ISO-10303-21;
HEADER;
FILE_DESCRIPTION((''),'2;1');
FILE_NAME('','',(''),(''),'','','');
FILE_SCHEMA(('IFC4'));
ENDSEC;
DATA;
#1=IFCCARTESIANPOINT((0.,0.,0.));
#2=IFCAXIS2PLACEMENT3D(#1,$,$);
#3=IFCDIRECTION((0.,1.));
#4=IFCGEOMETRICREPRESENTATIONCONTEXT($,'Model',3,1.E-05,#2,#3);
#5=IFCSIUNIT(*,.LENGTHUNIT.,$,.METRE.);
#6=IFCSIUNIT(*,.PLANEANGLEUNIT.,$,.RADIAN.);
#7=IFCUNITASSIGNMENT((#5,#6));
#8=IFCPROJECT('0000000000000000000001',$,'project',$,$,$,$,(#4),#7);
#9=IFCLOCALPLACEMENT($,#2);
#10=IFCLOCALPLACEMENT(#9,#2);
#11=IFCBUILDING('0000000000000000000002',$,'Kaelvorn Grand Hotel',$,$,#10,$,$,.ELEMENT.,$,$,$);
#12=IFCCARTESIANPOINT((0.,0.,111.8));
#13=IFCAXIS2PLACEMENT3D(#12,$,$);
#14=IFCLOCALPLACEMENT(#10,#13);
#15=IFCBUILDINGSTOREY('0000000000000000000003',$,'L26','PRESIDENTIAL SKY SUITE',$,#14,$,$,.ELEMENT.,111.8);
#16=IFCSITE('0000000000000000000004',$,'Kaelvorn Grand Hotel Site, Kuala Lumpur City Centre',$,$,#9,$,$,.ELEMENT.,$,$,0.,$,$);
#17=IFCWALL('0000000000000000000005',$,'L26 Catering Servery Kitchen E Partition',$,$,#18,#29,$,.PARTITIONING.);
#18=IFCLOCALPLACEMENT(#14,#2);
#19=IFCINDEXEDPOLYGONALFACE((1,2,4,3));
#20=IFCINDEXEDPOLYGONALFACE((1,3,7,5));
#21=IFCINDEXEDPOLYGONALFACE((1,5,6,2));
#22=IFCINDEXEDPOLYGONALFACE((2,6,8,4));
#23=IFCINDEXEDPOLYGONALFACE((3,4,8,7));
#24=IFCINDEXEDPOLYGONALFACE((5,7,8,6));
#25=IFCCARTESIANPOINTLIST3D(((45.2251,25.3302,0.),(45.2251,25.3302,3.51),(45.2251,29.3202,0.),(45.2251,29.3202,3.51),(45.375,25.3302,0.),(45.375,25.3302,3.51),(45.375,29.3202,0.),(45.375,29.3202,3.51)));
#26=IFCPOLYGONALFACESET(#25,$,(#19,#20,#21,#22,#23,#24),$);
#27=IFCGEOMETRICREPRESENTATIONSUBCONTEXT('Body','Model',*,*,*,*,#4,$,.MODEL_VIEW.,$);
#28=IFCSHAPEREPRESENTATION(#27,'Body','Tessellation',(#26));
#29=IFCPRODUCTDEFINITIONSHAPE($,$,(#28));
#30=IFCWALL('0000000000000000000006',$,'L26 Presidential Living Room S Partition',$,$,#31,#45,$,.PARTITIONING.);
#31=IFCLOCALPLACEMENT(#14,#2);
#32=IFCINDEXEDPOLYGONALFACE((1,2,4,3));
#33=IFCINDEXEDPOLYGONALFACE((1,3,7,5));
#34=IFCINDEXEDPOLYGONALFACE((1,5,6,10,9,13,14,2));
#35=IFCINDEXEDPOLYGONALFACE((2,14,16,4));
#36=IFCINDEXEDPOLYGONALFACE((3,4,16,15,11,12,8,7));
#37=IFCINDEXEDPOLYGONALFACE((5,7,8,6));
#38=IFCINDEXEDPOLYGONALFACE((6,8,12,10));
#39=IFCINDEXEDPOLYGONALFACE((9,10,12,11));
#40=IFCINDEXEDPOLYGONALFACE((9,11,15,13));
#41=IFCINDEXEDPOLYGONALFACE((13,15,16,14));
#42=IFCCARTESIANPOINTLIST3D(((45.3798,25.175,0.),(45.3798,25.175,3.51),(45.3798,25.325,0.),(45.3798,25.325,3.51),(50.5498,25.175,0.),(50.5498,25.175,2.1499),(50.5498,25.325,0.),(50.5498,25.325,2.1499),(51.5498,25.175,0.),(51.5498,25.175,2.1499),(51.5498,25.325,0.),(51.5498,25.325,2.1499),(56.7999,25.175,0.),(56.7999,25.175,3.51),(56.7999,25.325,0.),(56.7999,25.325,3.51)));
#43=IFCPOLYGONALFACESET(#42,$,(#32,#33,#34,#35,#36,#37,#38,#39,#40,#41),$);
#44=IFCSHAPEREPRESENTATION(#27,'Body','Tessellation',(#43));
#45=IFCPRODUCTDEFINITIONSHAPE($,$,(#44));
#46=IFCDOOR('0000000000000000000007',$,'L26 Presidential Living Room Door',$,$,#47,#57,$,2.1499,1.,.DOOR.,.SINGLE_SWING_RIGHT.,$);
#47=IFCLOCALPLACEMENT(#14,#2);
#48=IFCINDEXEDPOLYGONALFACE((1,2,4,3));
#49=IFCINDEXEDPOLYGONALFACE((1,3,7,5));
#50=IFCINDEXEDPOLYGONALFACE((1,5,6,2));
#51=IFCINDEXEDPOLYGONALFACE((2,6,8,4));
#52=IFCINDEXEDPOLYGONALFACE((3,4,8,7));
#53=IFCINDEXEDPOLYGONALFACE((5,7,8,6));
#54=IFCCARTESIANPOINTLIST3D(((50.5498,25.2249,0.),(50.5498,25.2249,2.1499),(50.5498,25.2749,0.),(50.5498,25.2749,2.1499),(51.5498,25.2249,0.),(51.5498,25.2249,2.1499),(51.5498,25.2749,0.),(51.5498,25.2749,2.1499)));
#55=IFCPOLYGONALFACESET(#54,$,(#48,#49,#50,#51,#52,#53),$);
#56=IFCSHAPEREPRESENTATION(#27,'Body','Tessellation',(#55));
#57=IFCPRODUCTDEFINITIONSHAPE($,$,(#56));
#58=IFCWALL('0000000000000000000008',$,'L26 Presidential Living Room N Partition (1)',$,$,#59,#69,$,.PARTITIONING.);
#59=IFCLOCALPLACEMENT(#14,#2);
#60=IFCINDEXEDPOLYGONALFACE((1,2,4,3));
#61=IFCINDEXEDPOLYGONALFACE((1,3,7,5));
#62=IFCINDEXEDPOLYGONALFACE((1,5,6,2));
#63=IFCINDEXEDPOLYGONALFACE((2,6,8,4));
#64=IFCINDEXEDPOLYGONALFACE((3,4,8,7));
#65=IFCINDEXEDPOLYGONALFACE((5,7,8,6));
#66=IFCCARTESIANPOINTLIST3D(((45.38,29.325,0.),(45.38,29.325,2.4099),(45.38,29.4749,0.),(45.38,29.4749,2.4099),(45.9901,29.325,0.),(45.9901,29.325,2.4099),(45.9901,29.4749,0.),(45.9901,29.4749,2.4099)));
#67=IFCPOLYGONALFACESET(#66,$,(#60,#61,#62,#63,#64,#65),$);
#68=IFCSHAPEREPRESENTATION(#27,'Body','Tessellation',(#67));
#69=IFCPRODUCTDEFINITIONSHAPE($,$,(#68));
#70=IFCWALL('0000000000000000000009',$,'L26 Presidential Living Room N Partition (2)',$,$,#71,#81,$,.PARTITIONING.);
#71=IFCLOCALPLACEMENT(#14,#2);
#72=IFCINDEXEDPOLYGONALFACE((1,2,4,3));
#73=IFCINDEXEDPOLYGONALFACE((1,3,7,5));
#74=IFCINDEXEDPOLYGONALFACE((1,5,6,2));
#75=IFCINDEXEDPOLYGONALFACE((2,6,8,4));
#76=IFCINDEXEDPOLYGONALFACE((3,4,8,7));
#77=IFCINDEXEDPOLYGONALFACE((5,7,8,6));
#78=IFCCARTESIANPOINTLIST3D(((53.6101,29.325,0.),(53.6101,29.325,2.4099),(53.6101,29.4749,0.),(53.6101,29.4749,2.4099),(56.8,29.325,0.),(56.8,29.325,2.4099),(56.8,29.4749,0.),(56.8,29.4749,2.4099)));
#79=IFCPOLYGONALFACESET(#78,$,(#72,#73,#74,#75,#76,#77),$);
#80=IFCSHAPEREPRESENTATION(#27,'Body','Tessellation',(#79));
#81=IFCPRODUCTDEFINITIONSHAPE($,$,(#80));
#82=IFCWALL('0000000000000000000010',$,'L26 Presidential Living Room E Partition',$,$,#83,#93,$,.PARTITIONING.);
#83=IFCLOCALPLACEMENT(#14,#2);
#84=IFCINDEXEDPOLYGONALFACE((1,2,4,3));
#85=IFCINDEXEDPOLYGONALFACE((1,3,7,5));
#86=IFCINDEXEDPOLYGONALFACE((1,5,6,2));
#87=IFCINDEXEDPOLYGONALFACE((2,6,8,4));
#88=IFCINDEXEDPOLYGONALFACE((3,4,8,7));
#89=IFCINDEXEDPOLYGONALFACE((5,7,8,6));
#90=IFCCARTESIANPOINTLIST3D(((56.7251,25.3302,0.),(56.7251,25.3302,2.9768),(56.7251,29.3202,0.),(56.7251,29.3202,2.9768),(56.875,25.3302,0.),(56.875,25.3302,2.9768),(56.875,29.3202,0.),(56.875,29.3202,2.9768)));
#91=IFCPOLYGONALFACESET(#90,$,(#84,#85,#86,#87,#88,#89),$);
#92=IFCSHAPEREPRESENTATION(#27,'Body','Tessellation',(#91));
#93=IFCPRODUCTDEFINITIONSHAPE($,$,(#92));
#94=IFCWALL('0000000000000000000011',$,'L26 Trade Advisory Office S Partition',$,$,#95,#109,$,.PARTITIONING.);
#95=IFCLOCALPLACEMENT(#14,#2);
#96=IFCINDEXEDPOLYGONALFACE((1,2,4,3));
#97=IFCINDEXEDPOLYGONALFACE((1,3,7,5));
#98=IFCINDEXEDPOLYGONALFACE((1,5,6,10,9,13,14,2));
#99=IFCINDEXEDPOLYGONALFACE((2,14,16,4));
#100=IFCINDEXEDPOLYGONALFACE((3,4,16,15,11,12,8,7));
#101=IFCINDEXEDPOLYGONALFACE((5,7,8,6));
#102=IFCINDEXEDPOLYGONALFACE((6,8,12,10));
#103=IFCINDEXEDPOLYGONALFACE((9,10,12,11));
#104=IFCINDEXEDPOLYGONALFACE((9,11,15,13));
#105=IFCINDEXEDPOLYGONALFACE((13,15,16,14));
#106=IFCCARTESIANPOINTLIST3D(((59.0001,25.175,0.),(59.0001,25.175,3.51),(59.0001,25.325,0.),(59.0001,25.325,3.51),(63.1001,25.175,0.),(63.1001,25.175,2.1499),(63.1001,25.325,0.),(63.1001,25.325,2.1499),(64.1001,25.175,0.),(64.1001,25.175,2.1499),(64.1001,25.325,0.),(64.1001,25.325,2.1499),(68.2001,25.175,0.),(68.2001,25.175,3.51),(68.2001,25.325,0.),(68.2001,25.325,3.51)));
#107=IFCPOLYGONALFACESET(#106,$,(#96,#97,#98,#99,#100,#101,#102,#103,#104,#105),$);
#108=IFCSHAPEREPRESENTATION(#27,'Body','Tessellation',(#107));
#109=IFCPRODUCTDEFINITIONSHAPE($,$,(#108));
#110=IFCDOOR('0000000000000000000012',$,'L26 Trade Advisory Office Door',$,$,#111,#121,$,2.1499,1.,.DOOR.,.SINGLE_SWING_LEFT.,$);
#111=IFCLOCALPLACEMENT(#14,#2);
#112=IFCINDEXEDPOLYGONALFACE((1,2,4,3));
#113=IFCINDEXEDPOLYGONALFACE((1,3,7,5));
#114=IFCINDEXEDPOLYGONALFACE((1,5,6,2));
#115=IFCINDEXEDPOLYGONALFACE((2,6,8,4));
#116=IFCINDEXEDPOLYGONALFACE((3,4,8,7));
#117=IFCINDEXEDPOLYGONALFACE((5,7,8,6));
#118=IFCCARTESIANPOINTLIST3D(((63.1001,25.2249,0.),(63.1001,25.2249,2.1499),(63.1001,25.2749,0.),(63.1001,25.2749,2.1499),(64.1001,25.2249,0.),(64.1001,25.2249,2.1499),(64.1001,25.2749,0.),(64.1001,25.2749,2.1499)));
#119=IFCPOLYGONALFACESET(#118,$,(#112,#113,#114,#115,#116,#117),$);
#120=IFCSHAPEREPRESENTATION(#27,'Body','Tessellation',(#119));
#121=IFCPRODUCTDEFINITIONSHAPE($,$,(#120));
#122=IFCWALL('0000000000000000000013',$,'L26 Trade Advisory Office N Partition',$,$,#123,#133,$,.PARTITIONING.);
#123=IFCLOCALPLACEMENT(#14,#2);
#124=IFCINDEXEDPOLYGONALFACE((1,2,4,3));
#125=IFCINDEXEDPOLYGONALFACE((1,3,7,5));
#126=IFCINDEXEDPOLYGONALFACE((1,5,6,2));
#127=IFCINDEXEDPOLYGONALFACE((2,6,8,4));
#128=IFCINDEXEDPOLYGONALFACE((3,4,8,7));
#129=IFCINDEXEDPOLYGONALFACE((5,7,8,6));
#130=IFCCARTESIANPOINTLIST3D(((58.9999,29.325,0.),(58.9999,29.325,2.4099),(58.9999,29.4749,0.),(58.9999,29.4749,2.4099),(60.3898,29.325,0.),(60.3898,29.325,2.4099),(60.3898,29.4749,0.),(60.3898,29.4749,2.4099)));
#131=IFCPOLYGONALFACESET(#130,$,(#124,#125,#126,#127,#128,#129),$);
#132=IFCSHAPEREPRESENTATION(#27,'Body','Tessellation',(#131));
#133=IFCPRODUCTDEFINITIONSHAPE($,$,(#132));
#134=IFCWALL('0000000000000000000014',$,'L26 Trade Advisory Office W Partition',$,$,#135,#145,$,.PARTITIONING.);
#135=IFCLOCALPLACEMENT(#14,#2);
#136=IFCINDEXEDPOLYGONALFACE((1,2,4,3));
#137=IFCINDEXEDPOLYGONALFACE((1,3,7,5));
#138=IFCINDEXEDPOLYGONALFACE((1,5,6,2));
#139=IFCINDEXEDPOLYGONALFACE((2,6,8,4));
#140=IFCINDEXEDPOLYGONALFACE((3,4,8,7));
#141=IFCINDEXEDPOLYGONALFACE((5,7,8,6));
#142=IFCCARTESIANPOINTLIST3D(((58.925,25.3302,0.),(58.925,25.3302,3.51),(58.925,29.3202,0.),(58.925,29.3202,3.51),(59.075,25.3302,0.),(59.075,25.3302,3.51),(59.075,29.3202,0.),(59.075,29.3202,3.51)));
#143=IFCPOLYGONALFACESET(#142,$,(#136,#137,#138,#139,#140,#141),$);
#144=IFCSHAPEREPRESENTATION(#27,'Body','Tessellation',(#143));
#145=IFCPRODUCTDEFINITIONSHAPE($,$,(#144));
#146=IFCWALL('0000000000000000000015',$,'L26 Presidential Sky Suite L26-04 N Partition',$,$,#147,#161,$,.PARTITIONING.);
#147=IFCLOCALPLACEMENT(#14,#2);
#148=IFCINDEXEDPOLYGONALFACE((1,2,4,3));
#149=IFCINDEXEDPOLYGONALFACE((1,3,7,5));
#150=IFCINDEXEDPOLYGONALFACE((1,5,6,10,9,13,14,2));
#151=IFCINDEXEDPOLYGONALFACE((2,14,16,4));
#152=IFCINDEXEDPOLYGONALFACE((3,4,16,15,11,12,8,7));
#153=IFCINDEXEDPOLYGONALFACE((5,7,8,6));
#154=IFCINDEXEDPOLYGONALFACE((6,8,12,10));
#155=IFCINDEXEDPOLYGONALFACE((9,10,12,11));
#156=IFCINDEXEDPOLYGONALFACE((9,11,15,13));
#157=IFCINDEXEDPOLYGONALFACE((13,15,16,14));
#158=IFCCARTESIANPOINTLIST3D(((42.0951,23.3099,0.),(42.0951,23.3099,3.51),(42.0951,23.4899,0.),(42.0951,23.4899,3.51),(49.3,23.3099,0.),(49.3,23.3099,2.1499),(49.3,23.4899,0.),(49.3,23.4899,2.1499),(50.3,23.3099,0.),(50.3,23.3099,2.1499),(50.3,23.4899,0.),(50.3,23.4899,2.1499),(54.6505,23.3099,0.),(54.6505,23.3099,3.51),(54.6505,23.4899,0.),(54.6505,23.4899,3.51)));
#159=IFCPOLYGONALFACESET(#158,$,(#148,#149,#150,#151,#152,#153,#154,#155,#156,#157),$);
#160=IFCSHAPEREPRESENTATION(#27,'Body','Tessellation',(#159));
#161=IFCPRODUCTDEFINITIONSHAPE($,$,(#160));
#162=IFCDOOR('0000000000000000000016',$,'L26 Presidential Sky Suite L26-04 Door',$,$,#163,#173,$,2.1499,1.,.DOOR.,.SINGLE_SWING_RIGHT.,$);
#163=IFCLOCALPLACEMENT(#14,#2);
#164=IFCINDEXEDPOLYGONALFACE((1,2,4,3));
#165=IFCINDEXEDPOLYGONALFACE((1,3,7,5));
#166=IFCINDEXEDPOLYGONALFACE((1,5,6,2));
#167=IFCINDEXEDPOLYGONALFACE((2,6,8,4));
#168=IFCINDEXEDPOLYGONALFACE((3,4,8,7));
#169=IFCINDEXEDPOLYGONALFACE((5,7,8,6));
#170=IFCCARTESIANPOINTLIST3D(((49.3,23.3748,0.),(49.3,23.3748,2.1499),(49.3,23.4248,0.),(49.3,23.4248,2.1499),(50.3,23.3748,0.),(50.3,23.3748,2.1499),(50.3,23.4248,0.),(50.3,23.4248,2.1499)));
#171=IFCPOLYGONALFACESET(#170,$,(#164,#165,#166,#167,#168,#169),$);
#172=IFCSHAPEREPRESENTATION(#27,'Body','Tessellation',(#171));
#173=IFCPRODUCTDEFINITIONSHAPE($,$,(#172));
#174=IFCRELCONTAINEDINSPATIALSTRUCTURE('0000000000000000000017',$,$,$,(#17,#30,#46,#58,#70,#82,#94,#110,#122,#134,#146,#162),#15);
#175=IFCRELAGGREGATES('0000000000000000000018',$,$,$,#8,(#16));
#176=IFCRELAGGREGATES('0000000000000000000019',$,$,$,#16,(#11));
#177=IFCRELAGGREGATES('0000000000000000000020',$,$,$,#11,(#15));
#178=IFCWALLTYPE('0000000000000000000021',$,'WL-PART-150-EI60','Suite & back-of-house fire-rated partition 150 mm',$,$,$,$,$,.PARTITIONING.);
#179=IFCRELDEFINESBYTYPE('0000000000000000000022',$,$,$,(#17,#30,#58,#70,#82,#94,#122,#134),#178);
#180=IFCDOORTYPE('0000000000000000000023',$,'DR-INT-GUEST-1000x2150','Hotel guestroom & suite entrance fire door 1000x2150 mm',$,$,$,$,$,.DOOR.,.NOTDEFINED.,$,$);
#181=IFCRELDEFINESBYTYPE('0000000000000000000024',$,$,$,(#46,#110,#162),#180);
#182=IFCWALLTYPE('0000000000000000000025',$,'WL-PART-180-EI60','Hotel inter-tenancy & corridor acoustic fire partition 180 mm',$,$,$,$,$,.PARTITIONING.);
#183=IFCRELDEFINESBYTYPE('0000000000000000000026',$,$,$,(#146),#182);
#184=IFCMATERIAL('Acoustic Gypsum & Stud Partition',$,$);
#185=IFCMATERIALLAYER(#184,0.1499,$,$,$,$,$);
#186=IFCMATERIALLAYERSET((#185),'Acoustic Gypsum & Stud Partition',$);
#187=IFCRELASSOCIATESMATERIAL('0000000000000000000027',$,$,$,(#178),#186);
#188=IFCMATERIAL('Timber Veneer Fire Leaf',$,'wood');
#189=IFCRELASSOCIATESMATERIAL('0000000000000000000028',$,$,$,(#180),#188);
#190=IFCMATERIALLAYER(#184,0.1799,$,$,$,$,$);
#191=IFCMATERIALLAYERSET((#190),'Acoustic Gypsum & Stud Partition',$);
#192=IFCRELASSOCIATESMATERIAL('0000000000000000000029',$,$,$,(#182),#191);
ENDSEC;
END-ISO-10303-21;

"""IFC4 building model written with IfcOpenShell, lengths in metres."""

from ifc_helpers import new_model, si_unit, direction, frame, frame_2d, origin, place, context, subcontext, project, spatial, rectangle, extrude, material, layer, layer_set, type_object, element, fill, save


model = new_model("IFC4")

# Units and contexts
model_context = context("Model", 3, precision=1e-05, world=origin(), true_north=direction((0.0, 1.0)))
body_context = subcontext(model_context, "Body", "Model", "MODEL_VIEW")
ifc_project = project(units=[si_unit("LENGTHUNIT", "METRE"), si_unit("PLANEANGLEUNIT", "RADIAN")], contexts=[model_context])

# Site, building, storey
site_placement = place(None, origin())
site = spatial("IfcSite", under=ifc_project, at=site_placement, Name="Kaelvorn Grand Hotel Site, Kuala Lumpur City Centre", CompositionType="ELEMENT", RefElevation=0.0)
building_placement = place(site_placement, origin())
building = spatial("IfcBuilding", under=site, at=building_placement, Name="Kaelvorn Grand Hotel", CompositionType="ELEMENT")
storey_placement = place(building_placement, frame((0.0, 0.0, 111.8)))
storey = spatial("IfcBuildingStorey", under=building, at=storey_placement, Name="L26", Description="PRESIDENTIAL SKY SUITE", CompositionType="ELEMENT", Elevation=111.8)

# Wall
ifc_material_1 = material(Name="Acoustic Gypsum & Stud Partition")
ifc_layer_1 = layer(ifc_material_1, 0.1499)
ifc_layer_set_1 = layer_set([ifc_layer_1], Name="Acoustic Gypsum & Stud Partition")
wall_type_1 = type_object("IfcWallType", Name="WL-PART-150-EI60", Description="Suite & back-of-house fire-rated partition 150 mm", PredefinedType="PARTITIONING", material=ifc_layer_set_1)
wall_1_placement = place(storey_placement, frame((45.3, 25.3301, 0.0), z_axis=(0.0, 0.0, 1.0), x_axis=(0.0, 1.0, 0.0)))
element("IfcWall", 1, at=wall_1_placement, inside=storey, type_object=wall_type_1, Name="L26 Catering Servery Kitchen E Partition", PredefinedType="PARTITIONING", context=body_context, shape_type="SweptSolid", body=[
    extrude(rectangle(XDim=3.99, YDim=0.1499, at=frame_2d((1.9951, 0.0))), origin(), (0.0, 0.0, 1.0), 3.51),
])

# Wall, opening, door
wall_2_placement = place(storey_placement, frame((45.3799, 25.25, 0.0), z_axis=(0.0, 0.0, 1.0), x_axis=(1.0, 0.0, 0.0)))
wall_2 = element("IfcWall", 2, at=wall_2_placement, inside=storey, type_object=wall_type_1, Name="L26 Presidential Living Room S Partition", PredefinedType="PARTITIONING", context=body_context, shape_type="SweptSolid", body=[
    extrude(rectangle(XDim=11.4202, YDim=0.1499, at=frame_2d((5.71, 0.0))), origin(), (0.0, 0.0, 1.0), 3.51),
])
opening_1_placement = place(wall_2_placement, frame((5.1699, 0.0, 0.0)))
opening_1 = element("IfcOpeningElement", 3, at=opening_1_placement, cuts=wall_2, PredefinedType="OPENING", context=body_context, shape_type="SweptSolid", body=[
    extrude(rectangle(XDim=1.0, YDim=2.1499, at=frame_2d((0.5, 1.075))), frame((0.0, 0.085, 0.0), z_axis=(0.0, -1.0, 0.0), x_axis=(1.0, 0.0, 0.0)), (0.0, 0.0, 1.0), 0.1699),
])
ifc_material_2 = material(Name="Timber Veneer Fire Leaf", Category="wood")
door_type_1 = type_object("IfcDoorType", Name="DR-INT-GUEST-1000x2150", Description="Hotel guestroom & suite entrance fire door 1000x2150 mm", OperationType="NOTDEFINED", PredefinedType="DOOR", material=ifc_material_2)
door_1_placement = place(opening_1_placement, origin())
door_1 = element("IfcDoor", 4, at=door_1_placement, inside=storey, type_object=door_type_1, Name="L26 Presidential Living Room Door", OperationType="SINGLE_SWING_RIGHT", OverallHeight=2.1499, OverallWidth=1.0, PredefinedType="DOOR", context=body_context, shape_type="SweptSolid", body=[
    extrude(rectangle(XDim=1.0, YDim=2.1499, at=frame_2d((0.5, 1.075))), frame((0.0, 0.0249, 0.0), z_axis=(0.0, -1.0, 0.0), x_axis=(1.0, 0.0, 0.0)), (0.0, 0.0, 1.0), 0.05),
])
fill(opening_1, door_1)

# Walls
wall_3_placement = place(storey_placement, frame((45.3799, 29.3999, 0.0), z_axis=(0.0, 0.0, 1.0), x_axis=(1.0, 0.0, 0.0)))
element("IfcWall", 5, at=wall_3_placement, inside=storey, type_object=wall_type_1, Name="L26 Presidential Living Room N Partition (1)", PredefinedType="PARTITIONING", context=body_context, shape_type="SweptSolid", body=[
    extrude(rectangle(XDim=0.6101, YDim=0.1499, at=frame_2d((0.3052, 0.0))), origin(), (0.0, 0.0, 1.0), 2.4099),
])
wall_4_placement = place(storey_placement, frame((53.6101, 29.3999, 0.0), z_axis=(0.0, 0.0, 1.0), x_axis=(1.0, 0.0, 0.0)))
element("IfcWall", 6, at=wall_4_placement, inside=storey, type_object=wall_type_1, Name="L26 Presidential Living Room N Partition (2)", PredefinedType="PARTITIONING", context=body_context, shape_type="SweptSolid", body=[
    extrude(rectangle(XDim=3.1899, YDim=0.1499, at=frame_2d((1.595, 0.0))), origin(), (0.0, 0.0, 1.0), 2.4099),
])
wall_5_placement = place(storey_placement, frame((56.8, 25.3301, 0.0), z_axis=(0.0, 0.0, 1.0), x_axis=(0.0, 1.0, 0.0)))
element("IfcWall", 7, at=wall_5_placement, inside=storey, type_object=wall_type_1, Name="L26 Presidential Living Room E Partition", PredefinedType="PARTITIONING", context=body_context, shape_type="SweptSolid", body=[
    extrude(rectangle(XDim=3.99, YDim=0.1499, at=frame_2d((1.9951, 0.0))), origin(), (0.0, 0.0, 1.0), 2.9768),
])

# Wall, opening, door
wall_6_placement = place(storey_placement, frame((59.0, 25.25, 0.0), z_axis=(0.0, 0.0, 1.0), x_axis=(1.0, 0.0, 0.0)))
wall_6 = element("IfcWall", 8, at=wall_6_placement, inside=storey, type_object=wall_type_1, Name="L26 Trade Advisory Office S Partition", PredefinedType="PARTITIONING", context=body_context, shape_type="SweptSolid", body=[
    extrude(rectangle(XDim=9.2, YDim=0.1499, at=frame_2d((4.6001, 0.0))), origin(), (0.0, 0.0, 1.0), 3.51),
])
opening_2_placement = place(wall_6_placement, frame((4.1001, 0.0, 0.0)))
opening_2 = element("IfcOpeningElement", 9, at=opening_2_placement, cuts=wall_6, PredefinedType="OPENING", context=body_context, shape_type="SweptSolid", body=[
    extrude(rectangle(XDim=1.0, YDim=2.1499, at=frame_2d((0.5, 1.075))), frame((0.0, 0.085, 0.0), z_axis=(0.0, -1.0, 0.0), x_axis=(1.0, 0.0, 0.0)), (0.0, 0.0, 1.0), 0.1699),
])
door_2_placement = place(opening_2_placement, origin())
door_2 = element("IfcDoor", 10, at=door_2_placement, inside=storey, type_object=door_type_1, Name="L26 Trade Advisory Office Door", OperationType="SINGLE_SWING_LEFT", OverallHeight=2.1499, OverallWidth=1.0, PredefinedType="DOOR", context=body_context, shape_type="SweptSolid", body=[
    extrude(rectangle(XDim=1.0, YDim=2.1499, at=frame_2d((0.5, 1.075))), frame((0.0, 0.0249, 0.0), z_axis=(0.0, -1.0, 0.0), x_axis=(1.0, 0.0, 0.0)), (0.0, 0.0, 1.0), 0.05),
])
fill(opening_2, door_2)

# Walls
wall_7_placement = place(storey_placement, frame((59.0, 29.3999, 0.0), z_axis=(0.0, 0.0, 1.0), x_axis=(1.0, 0.0, 0.0)))
element("IfcWall", 11, at=wall_7_placement, inside=storey, type_object=wall_type_1, Name="L26 Trade Advisory Office N Partition", PredefinedType="PARTITIONING", context=body_context, shape_type="SweptSolid", body=[
    extrude(rectangle(XDim=1.3899, YDim=0.1499, at=frame_2d((0.6948, 0.0))), origin(), (0.0, 0.0, 1.0), 2.4099),
])
wall_8_placement = place(storey_placement, frame((59.0, 25.3301, 0.0), z_axis=(0.0, 0.0, 1.0), x_axis=(0.0, 1.0, 0.0)))
element("IfcWall", 12, at=wall_8_placement, inside=storey, type_object=wall_type_1, Name="L26 Trade Advisory Office W Partition", PredefinedType="PARTITIONING", context=body_context, shape_type="SweptSolid", body=[
    extrude(rectangle(XDim=3.99, YDim=0.1499, at=frame_2d((1.9951, 0.0))), origin(), (0.0, 0.0, 1.0), 3.51),
])

# Wall, opening, door
ifc_layer_2 = layer(ifc_material_1, 0.1799)
ifc_layer_set_2 = layer_set([ifc_layer_2], Name="Acoustic Gypsum & Stud Partition")
wall_type_2 = type_object("IfcWallType", Name="WL-PART-180-EI60", Description="Hotel inter-tenancy & corridor acoustic fire partition 180 mm", PredefinedType="PARTITIONING", material=ifc_layer_set_2)
wall_9_placement = place(storey_placement, frame((42.095, 23.3999, 0.0), z_axis=(0.0, 0.0, 1.0), x_axis=(1.0, 0.0, 0.0)))
wall_9 = element("IfcWall", 13, at=wall_9_placement, inside=storey, type_object=wall_type_2, Name="L26 Presidential Sky Suite L26-04 N Partition", PredefinedType="PARTITIONING", context=body_context, shape_type="SweptSolid", body=[
    extrude(rectangle(XDim=12.5554, YDim=0.1799, at=frame_2d((6.2778, 0.0))), origin(), (0.0, 0.0, 1.0), 3.51),
])
opening_3_placement = place(wall_9_placement, frame((7.2051, 0.0, 0.0)))
opening_3 = element("IfcOpeningElement", 14, at=opening_3_placement, cuts=wall_9, PredefinedType="OPENING", context=body_context, shape_type="SweptSolid", body=[
    extrude(rectangle(XDim=1.0, YDim=2.1499, at=frame_2d((0.5, 1.075))), frame((0.0, 0.1001, 0.0), z_axis=(0.0, -1.0, 0.0), x_axis=(1.0, 0.0, 0.0)), (0.0, 0.0, 1.0), 0.2),
])
door_3_placement = place(opening_3_placement, origin())
door_3 = element("IfcDoor", 15, at=door_3_placement, inside=storey, type_object=door_type_1, Name="L26 Presidential Sky Suite L26-04 Door", OperationType="SINGLE_SWING_RIGHT", OverallHeight=2.1499, OverallWidth=1.0, PredefinedType="DOOR", context=body_context, shape_type="SweptSolid", body=[
    extrude(rectangle(XDim=1.0, YDim=2.1499, at=frame_2d((0.5, 1.075))), frame((0.0, 0.0249, 0.0), z_axis=(0.0, -1.0, 0.0), x_axis=(1.0, 0.0, 0.0)), (0.0, 0.0, 1.0), 0.05),
])
fill(opening_3, door_3)

save(model, "model.ifc")
